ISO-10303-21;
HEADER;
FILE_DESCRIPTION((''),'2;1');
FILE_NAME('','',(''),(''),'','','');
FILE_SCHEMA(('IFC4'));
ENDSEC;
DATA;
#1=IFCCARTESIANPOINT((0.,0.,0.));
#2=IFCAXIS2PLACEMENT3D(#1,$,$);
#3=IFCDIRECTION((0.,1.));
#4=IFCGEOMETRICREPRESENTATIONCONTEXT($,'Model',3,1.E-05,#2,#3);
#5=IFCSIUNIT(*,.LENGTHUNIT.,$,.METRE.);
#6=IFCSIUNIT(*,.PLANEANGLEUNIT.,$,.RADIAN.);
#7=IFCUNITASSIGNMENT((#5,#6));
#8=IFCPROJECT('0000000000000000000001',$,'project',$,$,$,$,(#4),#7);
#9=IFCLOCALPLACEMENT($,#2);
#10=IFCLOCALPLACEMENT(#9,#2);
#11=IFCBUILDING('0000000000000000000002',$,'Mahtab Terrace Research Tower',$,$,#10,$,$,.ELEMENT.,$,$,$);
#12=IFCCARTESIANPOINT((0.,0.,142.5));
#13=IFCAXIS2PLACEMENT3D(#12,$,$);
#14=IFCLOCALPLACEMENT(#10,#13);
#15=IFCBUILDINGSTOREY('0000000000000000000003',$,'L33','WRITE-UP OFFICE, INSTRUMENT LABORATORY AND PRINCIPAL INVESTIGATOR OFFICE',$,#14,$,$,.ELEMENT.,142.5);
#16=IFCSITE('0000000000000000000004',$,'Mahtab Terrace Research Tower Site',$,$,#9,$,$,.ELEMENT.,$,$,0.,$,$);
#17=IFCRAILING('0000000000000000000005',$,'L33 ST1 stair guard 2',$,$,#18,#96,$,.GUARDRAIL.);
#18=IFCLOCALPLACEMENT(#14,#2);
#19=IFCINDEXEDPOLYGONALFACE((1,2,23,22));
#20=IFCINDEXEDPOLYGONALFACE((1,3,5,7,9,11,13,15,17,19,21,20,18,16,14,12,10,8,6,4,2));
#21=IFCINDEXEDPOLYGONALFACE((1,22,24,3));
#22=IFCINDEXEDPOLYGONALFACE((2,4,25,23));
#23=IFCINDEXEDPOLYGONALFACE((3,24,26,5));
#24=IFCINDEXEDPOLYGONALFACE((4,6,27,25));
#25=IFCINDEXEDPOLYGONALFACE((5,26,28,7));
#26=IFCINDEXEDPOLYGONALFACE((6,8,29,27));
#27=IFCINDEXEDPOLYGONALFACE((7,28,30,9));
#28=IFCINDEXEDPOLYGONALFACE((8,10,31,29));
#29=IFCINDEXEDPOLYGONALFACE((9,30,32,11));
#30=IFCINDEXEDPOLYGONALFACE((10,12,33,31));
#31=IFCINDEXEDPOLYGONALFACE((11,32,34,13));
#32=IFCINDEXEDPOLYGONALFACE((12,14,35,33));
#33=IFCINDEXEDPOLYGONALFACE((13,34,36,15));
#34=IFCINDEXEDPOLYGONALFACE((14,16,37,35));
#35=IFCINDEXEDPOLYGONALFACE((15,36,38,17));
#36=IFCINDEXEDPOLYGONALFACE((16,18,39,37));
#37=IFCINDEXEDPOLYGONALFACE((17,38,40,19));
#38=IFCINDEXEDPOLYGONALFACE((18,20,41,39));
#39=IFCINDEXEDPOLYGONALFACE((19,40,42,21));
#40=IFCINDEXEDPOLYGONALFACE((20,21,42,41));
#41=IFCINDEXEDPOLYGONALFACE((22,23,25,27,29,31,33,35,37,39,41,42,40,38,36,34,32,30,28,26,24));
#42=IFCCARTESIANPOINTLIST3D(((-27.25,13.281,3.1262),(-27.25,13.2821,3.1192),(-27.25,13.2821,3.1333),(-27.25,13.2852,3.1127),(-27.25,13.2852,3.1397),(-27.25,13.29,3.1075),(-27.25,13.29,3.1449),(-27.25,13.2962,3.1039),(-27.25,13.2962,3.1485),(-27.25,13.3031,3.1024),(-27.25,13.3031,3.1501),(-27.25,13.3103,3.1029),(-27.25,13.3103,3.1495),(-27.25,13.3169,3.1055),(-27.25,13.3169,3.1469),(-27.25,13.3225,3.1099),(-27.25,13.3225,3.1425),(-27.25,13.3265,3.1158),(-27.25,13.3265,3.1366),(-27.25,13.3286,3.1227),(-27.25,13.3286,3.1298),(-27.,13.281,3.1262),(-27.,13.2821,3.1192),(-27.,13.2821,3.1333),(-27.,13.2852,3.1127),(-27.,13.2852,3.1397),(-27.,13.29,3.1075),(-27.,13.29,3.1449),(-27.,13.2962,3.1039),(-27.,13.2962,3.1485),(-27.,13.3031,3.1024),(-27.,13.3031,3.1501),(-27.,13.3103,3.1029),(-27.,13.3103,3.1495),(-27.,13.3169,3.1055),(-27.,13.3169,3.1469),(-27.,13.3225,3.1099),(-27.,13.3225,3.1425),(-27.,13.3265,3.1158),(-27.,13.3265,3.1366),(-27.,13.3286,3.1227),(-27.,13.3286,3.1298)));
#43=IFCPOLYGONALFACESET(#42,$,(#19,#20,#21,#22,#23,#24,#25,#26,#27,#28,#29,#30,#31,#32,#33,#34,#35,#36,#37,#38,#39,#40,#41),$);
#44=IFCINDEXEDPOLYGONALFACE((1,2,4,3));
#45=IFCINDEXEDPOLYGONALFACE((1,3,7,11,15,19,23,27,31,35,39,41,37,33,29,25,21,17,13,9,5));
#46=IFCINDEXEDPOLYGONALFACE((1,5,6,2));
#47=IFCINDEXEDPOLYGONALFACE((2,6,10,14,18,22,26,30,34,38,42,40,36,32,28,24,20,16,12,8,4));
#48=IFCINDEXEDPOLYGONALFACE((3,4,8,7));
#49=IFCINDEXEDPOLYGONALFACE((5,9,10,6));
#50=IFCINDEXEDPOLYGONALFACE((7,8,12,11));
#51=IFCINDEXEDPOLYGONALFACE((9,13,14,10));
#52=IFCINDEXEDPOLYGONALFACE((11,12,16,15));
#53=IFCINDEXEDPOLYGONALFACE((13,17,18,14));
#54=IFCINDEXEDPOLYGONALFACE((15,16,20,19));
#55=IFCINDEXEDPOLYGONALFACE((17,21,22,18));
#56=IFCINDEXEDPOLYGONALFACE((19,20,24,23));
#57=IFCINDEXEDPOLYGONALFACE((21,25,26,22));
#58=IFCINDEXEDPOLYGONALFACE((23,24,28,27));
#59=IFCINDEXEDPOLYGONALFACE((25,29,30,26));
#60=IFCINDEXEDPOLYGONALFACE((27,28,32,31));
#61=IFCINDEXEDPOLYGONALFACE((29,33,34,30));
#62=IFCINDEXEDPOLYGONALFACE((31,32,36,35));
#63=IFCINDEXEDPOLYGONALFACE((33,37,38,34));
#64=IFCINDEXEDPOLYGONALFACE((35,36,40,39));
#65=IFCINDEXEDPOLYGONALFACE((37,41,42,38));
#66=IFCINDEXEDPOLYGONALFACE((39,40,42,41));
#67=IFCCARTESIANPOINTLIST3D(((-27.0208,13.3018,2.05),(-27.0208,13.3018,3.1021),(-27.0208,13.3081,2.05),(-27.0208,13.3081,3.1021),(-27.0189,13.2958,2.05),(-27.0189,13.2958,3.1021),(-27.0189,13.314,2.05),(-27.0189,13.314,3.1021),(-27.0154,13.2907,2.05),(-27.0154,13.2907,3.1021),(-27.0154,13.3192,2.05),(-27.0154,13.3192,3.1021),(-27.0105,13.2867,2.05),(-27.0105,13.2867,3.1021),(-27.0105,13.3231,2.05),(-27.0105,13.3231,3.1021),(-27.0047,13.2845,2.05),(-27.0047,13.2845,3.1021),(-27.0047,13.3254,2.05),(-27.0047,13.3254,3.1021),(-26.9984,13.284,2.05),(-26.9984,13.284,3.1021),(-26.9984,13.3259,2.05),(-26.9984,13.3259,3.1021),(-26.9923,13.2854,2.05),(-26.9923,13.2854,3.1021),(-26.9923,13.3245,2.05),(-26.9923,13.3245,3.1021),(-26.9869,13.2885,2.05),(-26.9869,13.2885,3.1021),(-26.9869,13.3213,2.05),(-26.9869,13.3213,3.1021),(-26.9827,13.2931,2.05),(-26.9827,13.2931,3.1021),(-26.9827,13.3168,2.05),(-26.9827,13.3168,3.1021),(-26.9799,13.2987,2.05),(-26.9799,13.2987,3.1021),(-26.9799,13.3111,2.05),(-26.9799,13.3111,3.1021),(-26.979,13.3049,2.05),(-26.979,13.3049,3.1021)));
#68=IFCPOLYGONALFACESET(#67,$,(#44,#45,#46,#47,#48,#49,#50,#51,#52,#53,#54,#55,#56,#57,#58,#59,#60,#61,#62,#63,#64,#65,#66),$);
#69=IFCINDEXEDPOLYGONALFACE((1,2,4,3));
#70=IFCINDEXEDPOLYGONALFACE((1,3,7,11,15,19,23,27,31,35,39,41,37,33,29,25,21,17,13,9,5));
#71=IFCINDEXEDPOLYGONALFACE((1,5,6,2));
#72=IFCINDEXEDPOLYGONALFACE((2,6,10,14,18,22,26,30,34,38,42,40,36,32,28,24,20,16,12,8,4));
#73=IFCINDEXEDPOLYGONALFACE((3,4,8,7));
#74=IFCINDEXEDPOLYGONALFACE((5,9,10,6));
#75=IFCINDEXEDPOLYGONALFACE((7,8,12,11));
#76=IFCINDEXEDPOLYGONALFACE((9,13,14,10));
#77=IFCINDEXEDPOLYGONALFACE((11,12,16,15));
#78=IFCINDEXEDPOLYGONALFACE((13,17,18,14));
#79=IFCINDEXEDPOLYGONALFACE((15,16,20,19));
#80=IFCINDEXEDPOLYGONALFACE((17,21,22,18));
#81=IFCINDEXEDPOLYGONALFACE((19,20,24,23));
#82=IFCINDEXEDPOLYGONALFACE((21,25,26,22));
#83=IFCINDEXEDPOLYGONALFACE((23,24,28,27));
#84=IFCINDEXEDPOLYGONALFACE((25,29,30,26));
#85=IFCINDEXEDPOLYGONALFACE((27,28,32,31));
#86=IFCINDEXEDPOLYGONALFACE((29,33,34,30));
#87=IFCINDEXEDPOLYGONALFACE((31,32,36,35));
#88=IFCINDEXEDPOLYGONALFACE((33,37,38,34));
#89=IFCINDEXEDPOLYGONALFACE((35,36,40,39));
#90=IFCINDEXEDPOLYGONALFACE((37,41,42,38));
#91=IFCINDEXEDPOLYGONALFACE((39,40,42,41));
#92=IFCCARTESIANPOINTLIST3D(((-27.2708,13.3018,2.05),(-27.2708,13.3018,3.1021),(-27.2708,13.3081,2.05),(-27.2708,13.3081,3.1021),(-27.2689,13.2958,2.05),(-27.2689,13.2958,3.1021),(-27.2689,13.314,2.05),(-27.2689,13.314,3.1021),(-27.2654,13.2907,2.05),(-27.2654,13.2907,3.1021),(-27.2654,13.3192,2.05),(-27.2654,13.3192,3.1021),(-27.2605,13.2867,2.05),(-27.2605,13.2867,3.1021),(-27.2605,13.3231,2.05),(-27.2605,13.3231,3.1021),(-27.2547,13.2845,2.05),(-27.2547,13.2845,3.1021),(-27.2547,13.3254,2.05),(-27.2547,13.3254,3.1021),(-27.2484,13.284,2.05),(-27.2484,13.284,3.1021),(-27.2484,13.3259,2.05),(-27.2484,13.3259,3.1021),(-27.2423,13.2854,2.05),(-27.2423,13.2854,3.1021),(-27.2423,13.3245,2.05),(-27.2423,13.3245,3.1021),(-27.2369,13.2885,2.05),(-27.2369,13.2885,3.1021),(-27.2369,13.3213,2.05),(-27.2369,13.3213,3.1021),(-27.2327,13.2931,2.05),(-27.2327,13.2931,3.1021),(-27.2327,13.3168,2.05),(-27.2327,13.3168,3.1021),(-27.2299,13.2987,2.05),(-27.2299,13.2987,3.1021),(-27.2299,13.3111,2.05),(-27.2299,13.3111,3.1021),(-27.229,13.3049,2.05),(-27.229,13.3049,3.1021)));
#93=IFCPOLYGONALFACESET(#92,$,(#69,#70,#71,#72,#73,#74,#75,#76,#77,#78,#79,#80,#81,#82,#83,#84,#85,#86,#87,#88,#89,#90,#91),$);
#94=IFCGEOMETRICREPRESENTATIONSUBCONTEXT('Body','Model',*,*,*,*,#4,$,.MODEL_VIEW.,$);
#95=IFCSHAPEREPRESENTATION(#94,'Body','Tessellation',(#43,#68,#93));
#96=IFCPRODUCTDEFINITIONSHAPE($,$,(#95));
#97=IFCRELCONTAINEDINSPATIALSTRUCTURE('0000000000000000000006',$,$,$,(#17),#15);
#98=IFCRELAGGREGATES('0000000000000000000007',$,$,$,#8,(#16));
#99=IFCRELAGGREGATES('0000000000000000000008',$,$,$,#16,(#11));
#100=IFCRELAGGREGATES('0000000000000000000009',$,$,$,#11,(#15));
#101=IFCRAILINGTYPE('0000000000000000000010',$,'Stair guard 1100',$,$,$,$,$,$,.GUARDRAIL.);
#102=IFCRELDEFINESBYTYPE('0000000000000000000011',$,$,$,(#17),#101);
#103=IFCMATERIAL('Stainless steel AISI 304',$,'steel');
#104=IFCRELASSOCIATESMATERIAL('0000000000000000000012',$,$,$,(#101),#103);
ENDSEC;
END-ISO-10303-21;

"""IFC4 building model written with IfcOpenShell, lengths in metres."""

from ifc_helpers import new_model, si_unit, direction, frame, origin, origin_2d, place, context, subcontext, project, spatial, circle, extrude, material, type_object, element, save


model = new_model("IFC4")

# Units and contexts
model_context = context("Model", 3, precision=1e-05, world=origin(), true_north=direction((0.0, 1.0)))
body_context = subcontext(model_context, "Body", "Model", "MODEL_VIEW")
ifc_project = project(units=[si_unit("LENGTHUNIT", "METRE"), si_unit("PLANEANGLEUNIT", "RADIAN")], contexts=[model_context])

# Site, building, storey
site_placement = place(None, origin())
site = spatial("IfcSite", under=ifc_project, at=site_placement, Name="Mahtab Terrace Research Tower Site", CompositionType="ELEMENT", RefElevation=0.0)
building_placement = place(site_placement, origin())
building = spatial("IfcBuilding", under=site, at=building_placement, Name="Mahtab Terrace Research Tower", CompositionType="ELEMENT")
storey_placement = place(building_placement, frame((0.0, 0.0, 142.5)))
storey = spatial("IfcBuildingStorey", under=building, at=storey_placement, Name="L33", Description="WRITE-UP OFFICE, INSTRUMENT LABORATORY AND PRINCIPAL INVESTIGATOR OFFICE", CompositionType="ELEMENT", Elevation=142.5)

# Railing
ifc_material_1 = material(Name="Stainless steel AISI 304", Category="steel")
railing_type_1 = type_object("IfcRailingType", Name="Stair guard 1100", PredefinedType="GUARDRAIL", material=ifc_material_1)
railing_1_placement = place(storey_placement, frame((-27.0, 13.3049, 2.05)))
element("IfcRailing", 1, at=railing_1_placement, inside=storey, type_object=railing_type_1, Name="L33 ST1 stair guard 2", PredefinedType="GUARDRAIL", context=body_context, shape_type="SweptSolid", body=[
    extrude(circle(Radius=0.0239, at=origin_2d()), frame((0.0, 0.0, 1.0762), z_axis=(-1.0, 0.0, 0.0), x_axis=(0.0, -1.0, 0.0)), (0.0, 0.0, 1.0), 0.25),
    extrude(circle(Radius=0.021, at=origin_2d()), origin(), (0.0, 0.0, 1.0), 1.052),
    extrude(circle(Radius=0.021, at=origin_2d()), frame((-0.25, 0.0, 0.0)), (0.0, 0.0, 1.0), 1.052),
])

save(model, "model.ifc")
